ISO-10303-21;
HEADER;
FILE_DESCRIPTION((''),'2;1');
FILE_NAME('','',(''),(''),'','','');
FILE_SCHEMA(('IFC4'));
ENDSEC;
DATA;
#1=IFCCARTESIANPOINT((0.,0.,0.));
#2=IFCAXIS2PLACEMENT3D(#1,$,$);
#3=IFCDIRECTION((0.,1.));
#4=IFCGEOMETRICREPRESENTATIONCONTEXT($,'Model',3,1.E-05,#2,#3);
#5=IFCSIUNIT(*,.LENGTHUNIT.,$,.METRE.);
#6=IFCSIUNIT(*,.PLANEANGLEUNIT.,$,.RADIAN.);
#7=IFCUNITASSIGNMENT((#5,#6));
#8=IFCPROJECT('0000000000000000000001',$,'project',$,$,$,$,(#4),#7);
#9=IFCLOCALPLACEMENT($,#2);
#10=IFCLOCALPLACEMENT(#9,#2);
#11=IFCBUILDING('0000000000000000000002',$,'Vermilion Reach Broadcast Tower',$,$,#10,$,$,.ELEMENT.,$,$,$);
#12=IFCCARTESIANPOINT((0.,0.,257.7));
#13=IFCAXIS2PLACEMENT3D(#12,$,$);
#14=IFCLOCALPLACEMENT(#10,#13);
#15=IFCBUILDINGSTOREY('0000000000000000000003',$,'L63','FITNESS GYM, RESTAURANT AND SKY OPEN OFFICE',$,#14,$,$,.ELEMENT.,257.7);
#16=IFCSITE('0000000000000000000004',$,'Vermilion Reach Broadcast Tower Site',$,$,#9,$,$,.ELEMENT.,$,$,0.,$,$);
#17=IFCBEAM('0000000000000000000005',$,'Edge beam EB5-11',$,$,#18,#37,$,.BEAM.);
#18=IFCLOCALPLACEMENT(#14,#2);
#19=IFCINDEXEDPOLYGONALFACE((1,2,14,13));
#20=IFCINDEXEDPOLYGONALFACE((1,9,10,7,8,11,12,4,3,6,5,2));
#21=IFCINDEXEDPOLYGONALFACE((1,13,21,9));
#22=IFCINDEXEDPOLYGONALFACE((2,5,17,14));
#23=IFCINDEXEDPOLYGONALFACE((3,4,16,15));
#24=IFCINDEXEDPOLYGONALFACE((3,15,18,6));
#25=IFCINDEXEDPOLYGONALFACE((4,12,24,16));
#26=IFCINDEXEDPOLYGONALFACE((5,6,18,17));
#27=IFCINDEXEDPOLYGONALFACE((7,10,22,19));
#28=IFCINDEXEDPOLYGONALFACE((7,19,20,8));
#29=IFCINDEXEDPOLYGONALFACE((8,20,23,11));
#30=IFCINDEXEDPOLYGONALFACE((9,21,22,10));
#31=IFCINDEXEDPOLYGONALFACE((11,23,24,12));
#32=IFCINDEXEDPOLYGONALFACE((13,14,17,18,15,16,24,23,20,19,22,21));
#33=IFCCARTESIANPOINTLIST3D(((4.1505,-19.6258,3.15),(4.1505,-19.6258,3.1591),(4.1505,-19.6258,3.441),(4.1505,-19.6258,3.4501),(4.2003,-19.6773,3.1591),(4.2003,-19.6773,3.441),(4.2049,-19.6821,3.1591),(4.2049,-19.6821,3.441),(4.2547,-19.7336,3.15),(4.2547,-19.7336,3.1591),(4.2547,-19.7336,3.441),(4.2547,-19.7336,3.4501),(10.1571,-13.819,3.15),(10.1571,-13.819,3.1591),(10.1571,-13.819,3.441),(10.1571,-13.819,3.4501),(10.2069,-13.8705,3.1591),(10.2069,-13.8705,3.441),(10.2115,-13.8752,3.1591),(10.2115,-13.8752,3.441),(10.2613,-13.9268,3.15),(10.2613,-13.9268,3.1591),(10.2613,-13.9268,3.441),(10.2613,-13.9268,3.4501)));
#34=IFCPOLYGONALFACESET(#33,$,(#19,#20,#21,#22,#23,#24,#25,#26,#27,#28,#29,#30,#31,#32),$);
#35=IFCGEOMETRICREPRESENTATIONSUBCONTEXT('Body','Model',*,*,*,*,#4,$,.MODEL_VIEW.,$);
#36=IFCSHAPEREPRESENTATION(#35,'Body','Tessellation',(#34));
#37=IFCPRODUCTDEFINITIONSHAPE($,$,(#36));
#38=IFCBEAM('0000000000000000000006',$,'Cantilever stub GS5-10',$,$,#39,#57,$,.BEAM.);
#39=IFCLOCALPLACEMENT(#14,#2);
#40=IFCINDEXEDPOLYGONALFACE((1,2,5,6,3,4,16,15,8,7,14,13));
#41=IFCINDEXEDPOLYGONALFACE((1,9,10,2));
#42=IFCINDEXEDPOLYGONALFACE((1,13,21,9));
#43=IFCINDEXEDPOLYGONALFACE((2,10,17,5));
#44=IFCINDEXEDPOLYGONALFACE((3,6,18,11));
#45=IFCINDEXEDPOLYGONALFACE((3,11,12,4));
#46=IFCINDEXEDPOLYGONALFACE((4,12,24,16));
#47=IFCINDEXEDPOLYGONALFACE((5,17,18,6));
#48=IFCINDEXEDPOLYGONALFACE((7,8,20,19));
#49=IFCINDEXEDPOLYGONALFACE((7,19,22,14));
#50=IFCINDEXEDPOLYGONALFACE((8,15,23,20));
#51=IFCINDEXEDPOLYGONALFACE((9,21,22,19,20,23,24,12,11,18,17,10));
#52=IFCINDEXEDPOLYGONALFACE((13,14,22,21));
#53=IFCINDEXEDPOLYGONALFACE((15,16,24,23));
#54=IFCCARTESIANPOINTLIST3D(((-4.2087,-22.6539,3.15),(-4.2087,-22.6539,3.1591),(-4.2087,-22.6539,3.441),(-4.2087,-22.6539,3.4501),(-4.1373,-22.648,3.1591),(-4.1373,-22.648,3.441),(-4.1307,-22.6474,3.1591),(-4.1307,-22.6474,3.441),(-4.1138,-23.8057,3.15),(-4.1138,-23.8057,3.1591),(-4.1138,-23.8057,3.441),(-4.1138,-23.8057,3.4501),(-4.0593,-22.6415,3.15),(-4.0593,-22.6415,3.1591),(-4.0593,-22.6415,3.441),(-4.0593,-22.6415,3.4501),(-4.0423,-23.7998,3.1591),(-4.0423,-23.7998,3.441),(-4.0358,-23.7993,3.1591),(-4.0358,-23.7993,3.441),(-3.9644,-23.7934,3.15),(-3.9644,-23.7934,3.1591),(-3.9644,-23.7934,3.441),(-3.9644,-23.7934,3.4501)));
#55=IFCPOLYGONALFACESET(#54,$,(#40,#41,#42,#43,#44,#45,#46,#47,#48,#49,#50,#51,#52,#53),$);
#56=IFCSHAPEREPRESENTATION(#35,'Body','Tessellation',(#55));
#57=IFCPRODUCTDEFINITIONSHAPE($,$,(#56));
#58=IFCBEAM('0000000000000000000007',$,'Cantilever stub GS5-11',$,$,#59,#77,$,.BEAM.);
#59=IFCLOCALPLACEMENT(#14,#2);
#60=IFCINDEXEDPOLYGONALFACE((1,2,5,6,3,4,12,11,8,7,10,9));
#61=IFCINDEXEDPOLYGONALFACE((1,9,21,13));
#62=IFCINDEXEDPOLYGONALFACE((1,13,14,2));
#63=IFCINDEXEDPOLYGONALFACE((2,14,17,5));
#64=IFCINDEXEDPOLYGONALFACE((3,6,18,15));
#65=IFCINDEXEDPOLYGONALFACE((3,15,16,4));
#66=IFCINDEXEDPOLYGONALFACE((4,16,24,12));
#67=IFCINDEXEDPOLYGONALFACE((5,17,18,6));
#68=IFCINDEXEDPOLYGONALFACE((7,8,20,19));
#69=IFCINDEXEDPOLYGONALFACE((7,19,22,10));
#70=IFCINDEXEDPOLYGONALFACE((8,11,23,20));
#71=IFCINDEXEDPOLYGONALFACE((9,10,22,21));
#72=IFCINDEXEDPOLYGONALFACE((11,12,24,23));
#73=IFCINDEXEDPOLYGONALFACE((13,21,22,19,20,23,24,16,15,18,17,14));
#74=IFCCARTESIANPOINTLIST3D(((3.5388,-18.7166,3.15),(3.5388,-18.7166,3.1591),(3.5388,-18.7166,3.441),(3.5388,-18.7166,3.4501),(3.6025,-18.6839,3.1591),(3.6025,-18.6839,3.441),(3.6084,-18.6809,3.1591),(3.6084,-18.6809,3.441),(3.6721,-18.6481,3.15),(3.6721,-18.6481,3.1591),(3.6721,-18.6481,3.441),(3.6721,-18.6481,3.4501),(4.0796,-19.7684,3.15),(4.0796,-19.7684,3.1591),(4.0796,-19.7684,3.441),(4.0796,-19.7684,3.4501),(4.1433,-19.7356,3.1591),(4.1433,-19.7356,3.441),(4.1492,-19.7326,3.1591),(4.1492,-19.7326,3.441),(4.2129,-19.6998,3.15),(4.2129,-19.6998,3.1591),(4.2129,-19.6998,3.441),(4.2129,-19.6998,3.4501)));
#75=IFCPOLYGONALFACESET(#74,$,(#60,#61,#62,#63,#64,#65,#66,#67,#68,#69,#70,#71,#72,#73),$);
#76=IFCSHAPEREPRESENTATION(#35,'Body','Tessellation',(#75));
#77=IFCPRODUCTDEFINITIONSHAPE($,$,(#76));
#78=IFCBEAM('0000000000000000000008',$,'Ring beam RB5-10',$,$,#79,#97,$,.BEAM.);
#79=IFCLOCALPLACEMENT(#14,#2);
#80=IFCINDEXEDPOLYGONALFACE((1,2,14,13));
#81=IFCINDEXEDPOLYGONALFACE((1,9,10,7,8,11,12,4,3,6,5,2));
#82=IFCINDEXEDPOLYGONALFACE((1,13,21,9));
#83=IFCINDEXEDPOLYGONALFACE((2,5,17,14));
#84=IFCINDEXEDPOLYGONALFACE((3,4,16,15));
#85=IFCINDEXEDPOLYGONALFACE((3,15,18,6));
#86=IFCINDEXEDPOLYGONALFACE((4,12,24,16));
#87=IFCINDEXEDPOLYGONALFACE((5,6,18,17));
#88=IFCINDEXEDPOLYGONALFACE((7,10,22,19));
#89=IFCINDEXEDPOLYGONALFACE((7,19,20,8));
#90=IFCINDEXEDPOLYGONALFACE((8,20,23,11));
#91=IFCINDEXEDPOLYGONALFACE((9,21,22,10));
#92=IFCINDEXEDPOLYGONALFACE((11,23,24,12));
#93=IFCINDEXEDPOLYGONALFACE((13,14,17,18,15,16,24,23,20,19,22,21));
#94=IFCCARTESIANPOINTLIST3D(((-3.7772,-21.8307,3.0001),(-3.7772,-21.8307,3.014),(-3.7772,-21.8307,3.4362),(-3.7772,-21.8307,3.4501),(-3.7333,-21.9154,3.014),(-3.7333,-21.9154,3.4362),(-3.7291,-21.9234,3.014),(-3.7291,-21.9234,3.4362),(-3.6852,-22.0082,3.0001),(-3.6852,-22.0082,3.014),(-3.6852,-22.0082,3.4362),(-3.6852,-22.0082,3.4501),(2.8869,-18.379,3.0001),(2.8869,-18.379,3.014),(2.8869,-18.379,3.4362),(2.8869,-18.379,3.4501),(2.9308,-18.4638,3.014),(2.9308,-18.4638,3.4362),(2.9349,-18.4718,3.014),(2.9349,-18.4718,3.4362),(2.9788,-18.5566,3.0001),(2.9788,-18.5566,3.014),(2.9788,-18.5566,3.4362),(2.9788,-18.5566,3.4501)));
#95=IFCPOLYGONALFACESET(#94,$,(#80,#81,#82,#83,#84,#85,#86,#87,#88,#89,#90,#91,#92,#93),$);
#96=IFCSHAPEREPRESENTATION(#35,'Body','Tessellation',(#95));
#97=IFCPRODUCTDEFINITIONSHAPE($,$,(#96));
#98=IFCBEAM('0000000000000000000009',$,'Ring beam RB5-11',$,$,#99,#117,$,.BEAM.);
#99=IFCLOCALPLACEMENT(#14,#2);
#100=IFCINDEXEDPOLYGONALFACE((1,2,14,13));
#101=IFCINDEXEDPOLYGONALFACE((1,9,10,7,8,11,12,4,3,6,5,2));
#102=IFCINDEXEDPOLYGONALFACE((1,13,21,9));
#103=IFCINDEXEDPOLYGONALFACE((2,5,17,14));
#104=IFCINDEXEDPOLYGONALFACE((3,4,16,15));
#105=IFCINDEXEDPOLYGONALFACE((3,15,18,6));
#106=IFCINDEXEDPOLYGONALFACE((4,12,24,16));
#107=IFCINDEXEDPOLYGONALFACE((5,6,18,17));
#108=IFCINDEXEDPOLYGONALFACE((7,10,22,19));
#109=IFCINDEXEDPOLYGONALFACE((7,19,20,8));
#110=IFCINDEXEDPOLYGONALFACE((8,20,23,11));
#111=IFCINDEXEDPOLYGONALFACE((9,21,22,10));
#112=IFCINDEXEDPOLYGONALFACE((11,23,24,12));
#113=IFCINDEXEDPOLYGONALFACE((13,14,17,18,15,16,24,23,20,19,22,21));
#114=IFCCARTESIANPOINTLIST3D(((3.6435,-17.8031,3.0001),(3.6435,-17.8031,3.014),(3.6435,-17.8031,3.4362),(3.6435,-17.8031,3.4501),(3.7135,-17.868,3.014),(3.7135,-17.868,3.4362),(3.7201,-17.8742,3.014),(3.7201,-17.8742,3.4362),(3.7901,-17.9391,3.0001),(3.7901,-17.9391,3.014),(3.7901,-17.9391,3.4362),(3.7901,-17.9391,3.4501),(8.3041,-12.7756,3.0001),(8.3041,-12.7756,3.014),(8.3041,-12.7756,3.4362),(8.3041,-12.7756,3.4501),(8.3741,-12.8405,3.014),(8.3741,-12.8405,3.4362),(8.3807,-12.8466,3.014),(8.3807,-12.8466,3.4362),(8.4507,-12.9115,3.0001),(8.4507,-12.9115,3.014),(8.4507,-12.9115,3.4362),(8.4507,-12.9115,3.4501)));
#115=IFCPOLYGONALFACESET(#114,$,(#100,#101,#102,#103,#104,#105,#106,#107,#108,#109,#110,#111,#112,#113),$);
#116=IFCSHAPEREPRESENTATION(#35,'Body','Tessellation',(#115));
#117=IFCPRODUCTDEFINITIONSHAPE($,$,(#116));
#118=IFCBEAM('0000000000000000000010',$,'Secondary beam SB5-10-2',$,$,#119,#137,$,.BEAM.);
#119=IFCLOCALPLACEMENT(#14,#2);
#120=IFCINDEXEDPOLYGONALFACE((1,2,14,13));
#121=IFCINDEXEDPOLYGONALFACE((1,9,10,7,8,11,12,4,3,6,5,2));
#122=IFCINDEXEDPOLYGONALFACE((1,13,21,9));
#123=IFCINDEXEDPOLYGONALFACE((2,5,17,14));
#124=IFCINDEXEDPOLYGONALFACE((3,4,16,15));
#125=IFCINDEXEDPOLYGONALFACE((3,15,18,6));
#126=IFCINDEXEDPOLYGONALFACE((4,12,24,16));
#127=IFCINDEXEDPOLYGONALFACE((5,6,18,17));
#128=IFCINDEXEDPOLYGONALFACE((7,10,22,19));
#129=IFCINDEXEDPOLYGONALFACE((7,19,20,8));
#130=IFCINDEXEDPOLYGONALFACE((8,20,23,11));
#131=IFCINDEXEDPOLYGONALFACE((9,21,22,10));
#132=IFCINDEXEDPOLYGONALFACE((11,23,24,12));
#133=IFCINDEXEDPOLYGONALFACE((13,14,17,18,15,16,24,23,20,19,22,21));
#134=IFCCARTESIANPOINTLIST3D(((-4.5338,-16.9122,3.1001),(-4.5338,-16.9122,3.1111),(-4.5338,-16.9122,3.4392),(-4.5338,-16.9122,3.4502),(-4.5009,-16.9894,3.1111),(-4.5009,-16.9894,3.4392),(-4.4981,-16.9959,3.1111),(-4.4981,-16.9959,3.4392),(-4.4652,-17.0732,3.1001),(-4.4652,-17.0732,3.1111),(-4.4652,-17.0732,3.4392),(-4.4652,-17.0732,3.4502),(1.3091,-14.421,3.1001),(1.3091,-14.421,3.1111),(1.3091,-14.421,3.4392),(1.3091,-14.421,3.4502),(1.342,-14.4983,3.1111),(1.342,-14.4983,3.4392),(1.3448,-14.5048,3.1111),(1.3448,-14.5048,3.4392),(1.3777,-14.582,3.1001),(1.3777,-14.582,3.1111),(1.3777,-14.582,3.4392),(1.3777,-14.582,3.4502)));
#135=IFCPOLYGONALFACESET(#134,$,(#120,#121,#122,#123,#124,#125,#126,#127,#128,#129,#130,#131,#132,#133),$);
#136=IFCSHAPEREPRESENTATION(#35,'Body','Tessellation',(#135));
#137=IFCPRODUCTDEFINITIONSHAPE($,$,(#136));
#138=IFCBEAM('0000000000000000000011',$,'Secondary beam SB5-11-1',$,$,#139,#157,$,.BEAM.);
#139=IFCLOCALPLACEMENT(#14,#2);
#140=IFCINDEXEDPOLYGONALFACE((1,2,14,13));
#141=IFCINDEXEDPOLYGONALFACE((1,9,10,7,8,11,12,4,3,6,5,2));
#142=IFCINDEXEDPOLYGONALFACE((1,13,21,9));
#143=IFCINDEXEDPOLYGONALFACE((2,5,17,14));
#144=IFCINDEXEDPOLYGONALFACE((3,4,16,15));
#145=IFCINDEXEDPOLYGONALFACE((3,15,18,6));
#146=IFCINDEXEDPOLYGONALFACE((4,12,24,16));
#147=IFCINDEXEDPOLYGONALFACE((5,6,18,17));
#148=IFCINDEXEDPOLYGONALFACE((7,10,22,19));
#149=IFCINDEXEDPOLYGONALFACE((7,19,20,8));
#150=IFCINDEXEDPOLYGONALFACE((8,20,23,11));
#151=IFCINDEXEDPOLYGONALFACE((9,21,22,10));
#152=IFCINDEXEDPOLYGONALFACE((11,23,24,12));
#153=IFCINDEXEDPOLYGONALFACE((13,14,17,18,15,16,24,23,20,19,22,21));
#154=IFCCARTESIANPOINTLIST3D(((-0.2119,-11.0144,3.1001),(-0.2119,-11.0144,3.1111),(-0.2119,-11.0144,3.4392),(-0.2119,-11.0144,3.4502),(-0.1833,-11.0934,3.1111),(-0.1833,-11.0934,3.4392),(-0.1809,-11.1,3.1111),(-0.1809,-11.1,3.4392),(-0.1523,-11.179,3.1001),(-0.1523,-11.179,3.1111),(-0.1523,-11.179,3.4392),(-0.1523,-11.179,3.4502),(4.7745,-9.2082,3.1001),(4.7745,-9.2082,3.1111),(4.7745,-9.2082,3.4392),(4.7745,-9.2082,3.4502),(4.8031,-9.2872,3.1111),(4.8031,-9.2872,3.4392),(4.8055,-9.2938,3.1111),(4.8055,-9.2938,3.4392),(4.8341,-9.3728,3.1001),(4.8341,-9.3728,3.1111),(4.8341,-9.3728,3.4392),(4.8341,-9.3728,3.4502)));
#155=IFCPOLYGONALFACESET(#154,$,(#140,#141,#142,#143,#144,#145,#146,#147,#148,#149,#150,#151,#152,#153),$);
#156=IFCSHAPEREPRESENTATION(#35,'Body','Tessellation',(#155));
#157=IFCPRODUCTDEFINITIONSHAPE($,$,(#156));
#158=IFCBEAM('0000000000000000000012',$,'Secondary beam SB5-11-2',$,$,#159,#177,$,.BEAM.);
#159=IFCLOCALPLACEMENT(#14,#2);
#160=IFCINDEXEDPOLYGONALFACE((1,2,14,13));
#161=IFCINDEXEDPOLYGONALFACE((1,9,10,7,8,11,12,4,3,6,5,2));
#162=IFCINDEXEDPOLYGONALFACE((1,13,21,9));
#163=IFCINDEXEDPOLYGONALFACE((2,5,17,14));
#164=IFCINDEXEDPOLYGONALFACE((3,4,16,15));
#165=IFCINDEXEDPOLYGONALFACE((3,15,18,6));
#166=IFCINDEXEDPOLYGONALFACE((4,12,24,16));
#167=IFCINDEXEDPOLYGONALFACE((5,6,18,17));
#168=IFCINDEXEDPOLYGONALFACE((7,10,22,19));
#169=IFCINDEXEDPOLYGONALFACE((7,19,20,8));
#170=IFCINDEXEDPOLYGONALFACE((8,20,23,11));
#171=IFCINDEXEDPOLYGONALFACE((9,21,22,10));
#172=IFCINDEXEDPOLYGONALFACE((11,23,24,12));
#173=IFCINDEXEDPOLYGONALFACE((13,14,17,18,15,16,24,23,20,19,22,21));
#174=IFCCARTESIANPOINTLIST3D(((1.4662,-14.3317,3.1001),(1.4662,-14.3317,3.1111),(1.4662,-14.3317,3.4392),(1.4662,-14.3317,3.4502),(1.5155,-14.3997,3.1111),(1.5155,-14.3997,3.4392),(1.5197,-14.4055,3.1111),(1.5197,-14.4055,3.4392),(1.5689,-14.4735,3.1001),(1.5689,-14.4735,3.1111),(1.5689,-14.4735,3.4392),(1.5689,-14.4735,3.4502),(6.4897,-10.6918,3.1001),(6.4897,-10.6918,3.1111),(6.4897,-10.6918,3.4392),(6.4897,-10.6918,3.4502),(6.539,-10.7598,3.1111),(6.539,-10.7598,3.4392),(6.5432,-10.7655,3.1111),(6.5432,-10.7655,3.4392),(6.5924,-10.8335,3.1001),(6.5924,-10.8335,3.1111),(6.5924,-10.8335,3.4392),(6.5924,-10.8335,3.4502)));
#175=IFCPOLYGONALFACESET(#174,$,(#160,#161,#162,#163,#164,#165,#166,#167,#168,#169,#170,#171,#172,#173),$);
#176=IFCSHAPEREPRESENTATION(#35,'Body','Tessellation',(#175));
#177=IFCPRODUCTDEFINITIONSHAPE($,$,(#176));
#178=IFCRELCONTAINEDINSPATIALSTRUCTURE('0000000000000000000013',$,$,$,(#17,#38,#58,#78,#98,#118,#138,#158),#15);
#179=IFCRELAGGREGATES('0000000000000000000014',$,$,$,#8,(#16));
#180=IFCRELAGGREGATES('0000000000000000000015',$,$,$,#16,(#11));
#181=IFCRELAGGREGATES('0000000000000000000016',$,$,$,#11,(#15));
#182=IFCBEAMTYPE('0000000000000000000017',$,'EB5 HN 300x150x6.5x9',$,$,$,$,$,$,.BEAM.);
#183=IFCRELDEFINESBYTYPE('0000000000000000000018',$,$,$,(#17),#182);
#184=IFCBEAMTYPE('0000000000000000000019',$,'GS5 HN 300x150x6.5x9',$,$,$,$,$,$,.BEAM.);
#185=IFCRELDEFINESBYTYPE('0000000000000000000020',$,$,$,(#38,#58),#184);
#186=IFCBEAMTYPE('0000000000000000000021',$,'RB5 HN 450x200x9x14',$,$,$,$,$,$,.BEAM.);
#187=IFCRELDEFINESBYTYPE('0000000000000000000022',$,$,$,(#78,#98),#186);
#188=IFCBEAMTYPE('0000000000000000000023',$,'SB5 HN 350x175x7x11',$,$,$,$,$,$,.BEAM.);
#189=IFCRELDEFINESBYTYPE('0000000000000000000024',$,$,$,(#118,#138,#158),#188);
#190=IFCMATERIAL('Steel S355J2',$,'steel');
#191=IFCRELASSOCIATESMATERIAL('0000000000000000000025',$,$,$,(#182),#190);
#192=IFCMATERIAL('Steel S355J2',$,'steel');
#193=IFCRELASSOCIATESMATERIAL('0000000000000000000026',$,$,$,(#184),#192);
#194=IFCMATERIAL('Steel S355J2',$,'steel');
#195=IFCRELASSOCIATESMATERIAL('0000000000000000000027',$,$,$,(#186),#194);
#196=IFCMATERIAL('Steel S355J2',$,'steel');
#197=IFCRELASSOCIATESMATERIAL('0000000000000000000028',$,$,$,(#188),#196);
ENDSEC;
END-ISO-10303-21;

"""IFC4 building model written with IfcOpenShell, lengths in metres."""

from ifc_helpers import new_model, si_unit, direction, frame, origin, origin_2d, place, context, subcontext, project, spatial, i_section, extrude, material, material_profile, profile_set, type_object, element, save


model = new_model("IFC4")

# Units and contexts
model_context = context("Model", 3, precision=1e-05, world=origin(), true_north=direction((0.0, 1.0)))
body_context = subcontext(model_context, "Body", "Model", "MODEL_VIEW")
ifc_project = project(units=[si_unit("LENGTHUNIT", "METRE"), si_unit("PLANEANGLEUNIT", "RADIAN")], contexts=[model_context])

# Site, building, storey
site_placement = place(None, origin())
site = spatial("IfcSite", under=ifc_project, at=site_placement, Name="Vermilion Reach Broadcast Tower Site", CompositionType="ELEMENT", RefElevation=0.0)
building_placement = place(site_placement, origin())
building = spatial("IfcBuilding", under=site, at=building_placement, Name="Vermilion Reach Broadcast Tower", CompositionType="ELEMENT")
storey_placement = place(building_placement, frame((0.0, 0.0, 257.7)))
storey = spatial("IfcBuildingStorey", under=building, at=storey_placement, Name="L63", Description="FITNESS GYM, RESTAURANT AND SKY OPEN OFFICE", CompositionType="ELEMENT", Elevation=257.7)

# Beams
ifc_material_1 = material(Name="Steel S355J2", Category="steel")
ifc_material_profile_1 = material_profile(ifc_material_1, i_section(OverallWidth=0.1499, OverallDepth=0.3, WebThickness=0.0066, FlangeThickness=0.009, at=origin_2d()), Name="S355J2 HN 300x150x6.5x9")
ifc_profile_set_1 = profile_set([ifc_material_profile_1], Name="Steel S355J2")
beam_type_1 = type_object("IfcBeamType", Name="EB5 HN 300x150x6.5x9", PredefinedType="BEAM", material=ifc_profile_set_1)
beam_1_placement = place(storey_placement, frame((4.2026, -19.6797, 3.3), z_axis=(0.718958, 0.695054, 0.0), x_axis=(-0.695054, 0.718958, 0.0)))
element("IfcBeam", 1, at=beam_1_placement, inside=storey, type_object=beam_type_1, Name="Edge beam EB5-11", PredefinedType="BEAM", context=body_context, shape_type="SweptSolid", body=[
    extrude(i_section(OverallWidth=0.1499, OverallDepth=0.3, WebThickness=0.0066, FlangeThickness=0.009, at=origin_2d()), origin(), (0.0, 0.0, 1.0), 8.3545),
])
ifc_material_2 = material(Name="Steel S355J2", Category="steel")
ifc_material_profile_2 = material_profile(ifc_material_2, i_section(OverallWidth=0.1499, OverallDepth=0.3, WebThickness=0.0066, FlangeThickness=0.009, at=origin_2d()), Name="S355J2 HN 300x150x6.5x9")
ifc_profile_set_2 = profile_set([ifc_material_profile_2], Name="Steel S355J2")
beam_type_2 = type_object("IfcBeamType", Name="GS5 HN 300x150x6.5x9", PredefinedType="BEAM", material=ifc_profile_set_2)
beam_2_placement = place(storey_placement, frame((-4.134, -22.6477, 3.3), z_axis=(0.082171, -0.996618, 0.0), x_axis=(0.996618, 0.082171, 0.0)))
element("IfcBeam", 2, at=beam_2_placement, inside=storey, type_object=beam_type_2, Name="Cantilever stub GS5-10", PredefinedType="BEAM", context=body_context, shape_type="SweptSolid", body=[
    extrude(i_section(OverallWidth=0.1499, OverallDepth=0.3, WebThickness=0.0066, FlangeThickness=0.009, at=origin_2d()), origin(), (0.0, 0.0, 1.0), 1.1558),
])
beam_3_placement = place(storey_placement, frame((3.6055, -18.6824, 3.3), z_axis=(0.457259, -0.889333, 0.0), x_axis=(0.889333, 0.457259, 0.0)))
element("IfcBeam", 3, at=beam_3_placement, inside=storey, type_object=beam_type_2, Name="Cantilever stub GS5-11", PredefinedType="BEAM", context=body_context, shape_type="SweptSolid", body=[
    extrude(i_section(OverallWidth=0.1499, OverallDepth=0.3, WebThickness=0.0066, FlangeThickness=0.009, at=origin_2d()), origin(), (0.0, 0.0, 1.0), 1.1826),
])
ifc_material_3 = material(Name="Steel S355J2", Category="steel")
ifc_material_profile_3 = material_profile(ifc_material_3, i_section(OverallWidth=0.2, OverallDepth=0.45, WebThickness=0.009, FlangeThickness=0.0139, at=origin_2d()), Name="S355J2 HN 450x200x9x14")
ifc_profile_set_3 = profile_set([ifc_material_profile_3], Name="Steel S355J2")
beam_type_3 = type_object("IfcBeamType", Name="RB5 HN 450x200x9x14", PredefinedType="BEAM", material=ifc_profile_set_3)
beam_4_placement = place(storey_placement, frame((-3.7312, -21.9194, 3.2251), z_axis=(0.88796, 0.45992, 0.0), x_axis=(-0.45992, 0.88796, 0.0)))
element("IfcBeam", 4, at=beam_4_placement, inside=storey, type_object=beam_type_3, Name="Ring beam RB5-10", PredefinedType="BEAM", context=body_context, shape_type="SweptSolid", body=[
    extrude(i_section(OverallWidth=0.2, OverallDepth=0.45, WebThickness=0.009, FlangeThickness=0.0139, at=origin_2d()), origin(), (0.0, 0.0, 1.0), 7.5049),
])
beam_5_placement = place(storey_placement, frame((3.7168, -17.8711, 3.2251), z_axis=(0.679838, 0.733363, 0.0), x_axis=(-0.733363, 0.679838, 0.0)))
element("IfcBeam", 5, at=beam_5_placement, inside=storey, type_object=beam_type_3, Name="Ring beam RB5-11", PredefinedType="BEAM", context=body_context, shape_type="SweptSolid", body=[
    extrude(i_section(OverallWidth=0.2, OverallDepth=0.45, WebThickness=0.009, FlangeThickness=0.0139, at=origin_2d()), origin(), (0.0, 0.0, 1.0), 6.8555),
])
ifc_material_4 = material(Name="Steel S355J2", Category="steel")
ifc_material_profile_4 = material_profile(ifc_material_4, i_section(OverallWidth=0.175, OverallDepth=0.3501, WebThickness=0.0071, FlangeThickness=0.011, at=origin_2d()), Name="S355J2 HN 350x175x7x11")
ifc_profile_set_4 = profile_set([ifc_material_profile_4], Name="Steel S355J2")
beam_type_4 = type_object("IfcBeamType", Name="SB5 HN 350x175x7x11", PredefinedType="BEAM", material=ifc_profile_set_4)
beam_6_placement = place(storey_placement, frame((-4.4995, -16.9927, 3.2751), z_axis=(0.919881, 0.392198, 0.0), x_axis=(-0.392198, 0.919881, 0.0)))
element("IfcBeam", 6, at=beam_6_placement, inside=storey, type_object=beam_type_4, Name="Secondary beam SB5-10-2", PredefinedType="BEAM", context=body_context, shape_type="SweptSolid", body=[
    extrude(i_section(OverallWidth=0.175, OverallDepth=0.3501, WebThickness=0.0071, FlangeThickness=0.011, at=origin_2d()), origin(), (0.0, 0.0, 1.0), 6.3518),
])
beam_7_placement = place(storey_placement, frame((-0.1821, -11.0967, 3.2751), z_axis=(0.94022, 0.340567, 0.0), x_axis=(-0.340567, 0.94022, 0.0)))
element("IfcBeam", 7, at=beam_7_placement, inside=storey, type_object=beam_type_4, Name="Secondary beam SB5-11-1", PredefinedType="BEAM", context=body_context, shape_type="SweptSolid", body=[
    extrude(i_section(OverallWidth=0.175, OverallDepth=0.3501, WebThickness=0.0071, FlangeThickness=0.011, at=origin_2d()), origin(), (0.0, 0.0, 1.0), 5.3035),
])
beam_8_placement = place(storey_placement, frame((1.5176, -14.4026, 3.2751), z_axis=(0.809771, 0.586746, 0.0), x_axis=(-0.586746, 0.809771, 0.0)))
element("IfcBeam", 8, at=beam_8_placement, inside=storey, type_object=beam_type_4, Name="Secondary beam SB5-11-2", PredefinedType="BEAM", context=body_context, shape_type="SweptSolid", body=[
    extrude(i_section(OverallWidth=0.175, OverallDepth=0.3501, WebThickness=0.0071, FlangeThickness=0.011, at=origin_2d()), origin(), (0.0, 0.0, 1.0), 6.2036),
])

save(model, "model.ifc")
